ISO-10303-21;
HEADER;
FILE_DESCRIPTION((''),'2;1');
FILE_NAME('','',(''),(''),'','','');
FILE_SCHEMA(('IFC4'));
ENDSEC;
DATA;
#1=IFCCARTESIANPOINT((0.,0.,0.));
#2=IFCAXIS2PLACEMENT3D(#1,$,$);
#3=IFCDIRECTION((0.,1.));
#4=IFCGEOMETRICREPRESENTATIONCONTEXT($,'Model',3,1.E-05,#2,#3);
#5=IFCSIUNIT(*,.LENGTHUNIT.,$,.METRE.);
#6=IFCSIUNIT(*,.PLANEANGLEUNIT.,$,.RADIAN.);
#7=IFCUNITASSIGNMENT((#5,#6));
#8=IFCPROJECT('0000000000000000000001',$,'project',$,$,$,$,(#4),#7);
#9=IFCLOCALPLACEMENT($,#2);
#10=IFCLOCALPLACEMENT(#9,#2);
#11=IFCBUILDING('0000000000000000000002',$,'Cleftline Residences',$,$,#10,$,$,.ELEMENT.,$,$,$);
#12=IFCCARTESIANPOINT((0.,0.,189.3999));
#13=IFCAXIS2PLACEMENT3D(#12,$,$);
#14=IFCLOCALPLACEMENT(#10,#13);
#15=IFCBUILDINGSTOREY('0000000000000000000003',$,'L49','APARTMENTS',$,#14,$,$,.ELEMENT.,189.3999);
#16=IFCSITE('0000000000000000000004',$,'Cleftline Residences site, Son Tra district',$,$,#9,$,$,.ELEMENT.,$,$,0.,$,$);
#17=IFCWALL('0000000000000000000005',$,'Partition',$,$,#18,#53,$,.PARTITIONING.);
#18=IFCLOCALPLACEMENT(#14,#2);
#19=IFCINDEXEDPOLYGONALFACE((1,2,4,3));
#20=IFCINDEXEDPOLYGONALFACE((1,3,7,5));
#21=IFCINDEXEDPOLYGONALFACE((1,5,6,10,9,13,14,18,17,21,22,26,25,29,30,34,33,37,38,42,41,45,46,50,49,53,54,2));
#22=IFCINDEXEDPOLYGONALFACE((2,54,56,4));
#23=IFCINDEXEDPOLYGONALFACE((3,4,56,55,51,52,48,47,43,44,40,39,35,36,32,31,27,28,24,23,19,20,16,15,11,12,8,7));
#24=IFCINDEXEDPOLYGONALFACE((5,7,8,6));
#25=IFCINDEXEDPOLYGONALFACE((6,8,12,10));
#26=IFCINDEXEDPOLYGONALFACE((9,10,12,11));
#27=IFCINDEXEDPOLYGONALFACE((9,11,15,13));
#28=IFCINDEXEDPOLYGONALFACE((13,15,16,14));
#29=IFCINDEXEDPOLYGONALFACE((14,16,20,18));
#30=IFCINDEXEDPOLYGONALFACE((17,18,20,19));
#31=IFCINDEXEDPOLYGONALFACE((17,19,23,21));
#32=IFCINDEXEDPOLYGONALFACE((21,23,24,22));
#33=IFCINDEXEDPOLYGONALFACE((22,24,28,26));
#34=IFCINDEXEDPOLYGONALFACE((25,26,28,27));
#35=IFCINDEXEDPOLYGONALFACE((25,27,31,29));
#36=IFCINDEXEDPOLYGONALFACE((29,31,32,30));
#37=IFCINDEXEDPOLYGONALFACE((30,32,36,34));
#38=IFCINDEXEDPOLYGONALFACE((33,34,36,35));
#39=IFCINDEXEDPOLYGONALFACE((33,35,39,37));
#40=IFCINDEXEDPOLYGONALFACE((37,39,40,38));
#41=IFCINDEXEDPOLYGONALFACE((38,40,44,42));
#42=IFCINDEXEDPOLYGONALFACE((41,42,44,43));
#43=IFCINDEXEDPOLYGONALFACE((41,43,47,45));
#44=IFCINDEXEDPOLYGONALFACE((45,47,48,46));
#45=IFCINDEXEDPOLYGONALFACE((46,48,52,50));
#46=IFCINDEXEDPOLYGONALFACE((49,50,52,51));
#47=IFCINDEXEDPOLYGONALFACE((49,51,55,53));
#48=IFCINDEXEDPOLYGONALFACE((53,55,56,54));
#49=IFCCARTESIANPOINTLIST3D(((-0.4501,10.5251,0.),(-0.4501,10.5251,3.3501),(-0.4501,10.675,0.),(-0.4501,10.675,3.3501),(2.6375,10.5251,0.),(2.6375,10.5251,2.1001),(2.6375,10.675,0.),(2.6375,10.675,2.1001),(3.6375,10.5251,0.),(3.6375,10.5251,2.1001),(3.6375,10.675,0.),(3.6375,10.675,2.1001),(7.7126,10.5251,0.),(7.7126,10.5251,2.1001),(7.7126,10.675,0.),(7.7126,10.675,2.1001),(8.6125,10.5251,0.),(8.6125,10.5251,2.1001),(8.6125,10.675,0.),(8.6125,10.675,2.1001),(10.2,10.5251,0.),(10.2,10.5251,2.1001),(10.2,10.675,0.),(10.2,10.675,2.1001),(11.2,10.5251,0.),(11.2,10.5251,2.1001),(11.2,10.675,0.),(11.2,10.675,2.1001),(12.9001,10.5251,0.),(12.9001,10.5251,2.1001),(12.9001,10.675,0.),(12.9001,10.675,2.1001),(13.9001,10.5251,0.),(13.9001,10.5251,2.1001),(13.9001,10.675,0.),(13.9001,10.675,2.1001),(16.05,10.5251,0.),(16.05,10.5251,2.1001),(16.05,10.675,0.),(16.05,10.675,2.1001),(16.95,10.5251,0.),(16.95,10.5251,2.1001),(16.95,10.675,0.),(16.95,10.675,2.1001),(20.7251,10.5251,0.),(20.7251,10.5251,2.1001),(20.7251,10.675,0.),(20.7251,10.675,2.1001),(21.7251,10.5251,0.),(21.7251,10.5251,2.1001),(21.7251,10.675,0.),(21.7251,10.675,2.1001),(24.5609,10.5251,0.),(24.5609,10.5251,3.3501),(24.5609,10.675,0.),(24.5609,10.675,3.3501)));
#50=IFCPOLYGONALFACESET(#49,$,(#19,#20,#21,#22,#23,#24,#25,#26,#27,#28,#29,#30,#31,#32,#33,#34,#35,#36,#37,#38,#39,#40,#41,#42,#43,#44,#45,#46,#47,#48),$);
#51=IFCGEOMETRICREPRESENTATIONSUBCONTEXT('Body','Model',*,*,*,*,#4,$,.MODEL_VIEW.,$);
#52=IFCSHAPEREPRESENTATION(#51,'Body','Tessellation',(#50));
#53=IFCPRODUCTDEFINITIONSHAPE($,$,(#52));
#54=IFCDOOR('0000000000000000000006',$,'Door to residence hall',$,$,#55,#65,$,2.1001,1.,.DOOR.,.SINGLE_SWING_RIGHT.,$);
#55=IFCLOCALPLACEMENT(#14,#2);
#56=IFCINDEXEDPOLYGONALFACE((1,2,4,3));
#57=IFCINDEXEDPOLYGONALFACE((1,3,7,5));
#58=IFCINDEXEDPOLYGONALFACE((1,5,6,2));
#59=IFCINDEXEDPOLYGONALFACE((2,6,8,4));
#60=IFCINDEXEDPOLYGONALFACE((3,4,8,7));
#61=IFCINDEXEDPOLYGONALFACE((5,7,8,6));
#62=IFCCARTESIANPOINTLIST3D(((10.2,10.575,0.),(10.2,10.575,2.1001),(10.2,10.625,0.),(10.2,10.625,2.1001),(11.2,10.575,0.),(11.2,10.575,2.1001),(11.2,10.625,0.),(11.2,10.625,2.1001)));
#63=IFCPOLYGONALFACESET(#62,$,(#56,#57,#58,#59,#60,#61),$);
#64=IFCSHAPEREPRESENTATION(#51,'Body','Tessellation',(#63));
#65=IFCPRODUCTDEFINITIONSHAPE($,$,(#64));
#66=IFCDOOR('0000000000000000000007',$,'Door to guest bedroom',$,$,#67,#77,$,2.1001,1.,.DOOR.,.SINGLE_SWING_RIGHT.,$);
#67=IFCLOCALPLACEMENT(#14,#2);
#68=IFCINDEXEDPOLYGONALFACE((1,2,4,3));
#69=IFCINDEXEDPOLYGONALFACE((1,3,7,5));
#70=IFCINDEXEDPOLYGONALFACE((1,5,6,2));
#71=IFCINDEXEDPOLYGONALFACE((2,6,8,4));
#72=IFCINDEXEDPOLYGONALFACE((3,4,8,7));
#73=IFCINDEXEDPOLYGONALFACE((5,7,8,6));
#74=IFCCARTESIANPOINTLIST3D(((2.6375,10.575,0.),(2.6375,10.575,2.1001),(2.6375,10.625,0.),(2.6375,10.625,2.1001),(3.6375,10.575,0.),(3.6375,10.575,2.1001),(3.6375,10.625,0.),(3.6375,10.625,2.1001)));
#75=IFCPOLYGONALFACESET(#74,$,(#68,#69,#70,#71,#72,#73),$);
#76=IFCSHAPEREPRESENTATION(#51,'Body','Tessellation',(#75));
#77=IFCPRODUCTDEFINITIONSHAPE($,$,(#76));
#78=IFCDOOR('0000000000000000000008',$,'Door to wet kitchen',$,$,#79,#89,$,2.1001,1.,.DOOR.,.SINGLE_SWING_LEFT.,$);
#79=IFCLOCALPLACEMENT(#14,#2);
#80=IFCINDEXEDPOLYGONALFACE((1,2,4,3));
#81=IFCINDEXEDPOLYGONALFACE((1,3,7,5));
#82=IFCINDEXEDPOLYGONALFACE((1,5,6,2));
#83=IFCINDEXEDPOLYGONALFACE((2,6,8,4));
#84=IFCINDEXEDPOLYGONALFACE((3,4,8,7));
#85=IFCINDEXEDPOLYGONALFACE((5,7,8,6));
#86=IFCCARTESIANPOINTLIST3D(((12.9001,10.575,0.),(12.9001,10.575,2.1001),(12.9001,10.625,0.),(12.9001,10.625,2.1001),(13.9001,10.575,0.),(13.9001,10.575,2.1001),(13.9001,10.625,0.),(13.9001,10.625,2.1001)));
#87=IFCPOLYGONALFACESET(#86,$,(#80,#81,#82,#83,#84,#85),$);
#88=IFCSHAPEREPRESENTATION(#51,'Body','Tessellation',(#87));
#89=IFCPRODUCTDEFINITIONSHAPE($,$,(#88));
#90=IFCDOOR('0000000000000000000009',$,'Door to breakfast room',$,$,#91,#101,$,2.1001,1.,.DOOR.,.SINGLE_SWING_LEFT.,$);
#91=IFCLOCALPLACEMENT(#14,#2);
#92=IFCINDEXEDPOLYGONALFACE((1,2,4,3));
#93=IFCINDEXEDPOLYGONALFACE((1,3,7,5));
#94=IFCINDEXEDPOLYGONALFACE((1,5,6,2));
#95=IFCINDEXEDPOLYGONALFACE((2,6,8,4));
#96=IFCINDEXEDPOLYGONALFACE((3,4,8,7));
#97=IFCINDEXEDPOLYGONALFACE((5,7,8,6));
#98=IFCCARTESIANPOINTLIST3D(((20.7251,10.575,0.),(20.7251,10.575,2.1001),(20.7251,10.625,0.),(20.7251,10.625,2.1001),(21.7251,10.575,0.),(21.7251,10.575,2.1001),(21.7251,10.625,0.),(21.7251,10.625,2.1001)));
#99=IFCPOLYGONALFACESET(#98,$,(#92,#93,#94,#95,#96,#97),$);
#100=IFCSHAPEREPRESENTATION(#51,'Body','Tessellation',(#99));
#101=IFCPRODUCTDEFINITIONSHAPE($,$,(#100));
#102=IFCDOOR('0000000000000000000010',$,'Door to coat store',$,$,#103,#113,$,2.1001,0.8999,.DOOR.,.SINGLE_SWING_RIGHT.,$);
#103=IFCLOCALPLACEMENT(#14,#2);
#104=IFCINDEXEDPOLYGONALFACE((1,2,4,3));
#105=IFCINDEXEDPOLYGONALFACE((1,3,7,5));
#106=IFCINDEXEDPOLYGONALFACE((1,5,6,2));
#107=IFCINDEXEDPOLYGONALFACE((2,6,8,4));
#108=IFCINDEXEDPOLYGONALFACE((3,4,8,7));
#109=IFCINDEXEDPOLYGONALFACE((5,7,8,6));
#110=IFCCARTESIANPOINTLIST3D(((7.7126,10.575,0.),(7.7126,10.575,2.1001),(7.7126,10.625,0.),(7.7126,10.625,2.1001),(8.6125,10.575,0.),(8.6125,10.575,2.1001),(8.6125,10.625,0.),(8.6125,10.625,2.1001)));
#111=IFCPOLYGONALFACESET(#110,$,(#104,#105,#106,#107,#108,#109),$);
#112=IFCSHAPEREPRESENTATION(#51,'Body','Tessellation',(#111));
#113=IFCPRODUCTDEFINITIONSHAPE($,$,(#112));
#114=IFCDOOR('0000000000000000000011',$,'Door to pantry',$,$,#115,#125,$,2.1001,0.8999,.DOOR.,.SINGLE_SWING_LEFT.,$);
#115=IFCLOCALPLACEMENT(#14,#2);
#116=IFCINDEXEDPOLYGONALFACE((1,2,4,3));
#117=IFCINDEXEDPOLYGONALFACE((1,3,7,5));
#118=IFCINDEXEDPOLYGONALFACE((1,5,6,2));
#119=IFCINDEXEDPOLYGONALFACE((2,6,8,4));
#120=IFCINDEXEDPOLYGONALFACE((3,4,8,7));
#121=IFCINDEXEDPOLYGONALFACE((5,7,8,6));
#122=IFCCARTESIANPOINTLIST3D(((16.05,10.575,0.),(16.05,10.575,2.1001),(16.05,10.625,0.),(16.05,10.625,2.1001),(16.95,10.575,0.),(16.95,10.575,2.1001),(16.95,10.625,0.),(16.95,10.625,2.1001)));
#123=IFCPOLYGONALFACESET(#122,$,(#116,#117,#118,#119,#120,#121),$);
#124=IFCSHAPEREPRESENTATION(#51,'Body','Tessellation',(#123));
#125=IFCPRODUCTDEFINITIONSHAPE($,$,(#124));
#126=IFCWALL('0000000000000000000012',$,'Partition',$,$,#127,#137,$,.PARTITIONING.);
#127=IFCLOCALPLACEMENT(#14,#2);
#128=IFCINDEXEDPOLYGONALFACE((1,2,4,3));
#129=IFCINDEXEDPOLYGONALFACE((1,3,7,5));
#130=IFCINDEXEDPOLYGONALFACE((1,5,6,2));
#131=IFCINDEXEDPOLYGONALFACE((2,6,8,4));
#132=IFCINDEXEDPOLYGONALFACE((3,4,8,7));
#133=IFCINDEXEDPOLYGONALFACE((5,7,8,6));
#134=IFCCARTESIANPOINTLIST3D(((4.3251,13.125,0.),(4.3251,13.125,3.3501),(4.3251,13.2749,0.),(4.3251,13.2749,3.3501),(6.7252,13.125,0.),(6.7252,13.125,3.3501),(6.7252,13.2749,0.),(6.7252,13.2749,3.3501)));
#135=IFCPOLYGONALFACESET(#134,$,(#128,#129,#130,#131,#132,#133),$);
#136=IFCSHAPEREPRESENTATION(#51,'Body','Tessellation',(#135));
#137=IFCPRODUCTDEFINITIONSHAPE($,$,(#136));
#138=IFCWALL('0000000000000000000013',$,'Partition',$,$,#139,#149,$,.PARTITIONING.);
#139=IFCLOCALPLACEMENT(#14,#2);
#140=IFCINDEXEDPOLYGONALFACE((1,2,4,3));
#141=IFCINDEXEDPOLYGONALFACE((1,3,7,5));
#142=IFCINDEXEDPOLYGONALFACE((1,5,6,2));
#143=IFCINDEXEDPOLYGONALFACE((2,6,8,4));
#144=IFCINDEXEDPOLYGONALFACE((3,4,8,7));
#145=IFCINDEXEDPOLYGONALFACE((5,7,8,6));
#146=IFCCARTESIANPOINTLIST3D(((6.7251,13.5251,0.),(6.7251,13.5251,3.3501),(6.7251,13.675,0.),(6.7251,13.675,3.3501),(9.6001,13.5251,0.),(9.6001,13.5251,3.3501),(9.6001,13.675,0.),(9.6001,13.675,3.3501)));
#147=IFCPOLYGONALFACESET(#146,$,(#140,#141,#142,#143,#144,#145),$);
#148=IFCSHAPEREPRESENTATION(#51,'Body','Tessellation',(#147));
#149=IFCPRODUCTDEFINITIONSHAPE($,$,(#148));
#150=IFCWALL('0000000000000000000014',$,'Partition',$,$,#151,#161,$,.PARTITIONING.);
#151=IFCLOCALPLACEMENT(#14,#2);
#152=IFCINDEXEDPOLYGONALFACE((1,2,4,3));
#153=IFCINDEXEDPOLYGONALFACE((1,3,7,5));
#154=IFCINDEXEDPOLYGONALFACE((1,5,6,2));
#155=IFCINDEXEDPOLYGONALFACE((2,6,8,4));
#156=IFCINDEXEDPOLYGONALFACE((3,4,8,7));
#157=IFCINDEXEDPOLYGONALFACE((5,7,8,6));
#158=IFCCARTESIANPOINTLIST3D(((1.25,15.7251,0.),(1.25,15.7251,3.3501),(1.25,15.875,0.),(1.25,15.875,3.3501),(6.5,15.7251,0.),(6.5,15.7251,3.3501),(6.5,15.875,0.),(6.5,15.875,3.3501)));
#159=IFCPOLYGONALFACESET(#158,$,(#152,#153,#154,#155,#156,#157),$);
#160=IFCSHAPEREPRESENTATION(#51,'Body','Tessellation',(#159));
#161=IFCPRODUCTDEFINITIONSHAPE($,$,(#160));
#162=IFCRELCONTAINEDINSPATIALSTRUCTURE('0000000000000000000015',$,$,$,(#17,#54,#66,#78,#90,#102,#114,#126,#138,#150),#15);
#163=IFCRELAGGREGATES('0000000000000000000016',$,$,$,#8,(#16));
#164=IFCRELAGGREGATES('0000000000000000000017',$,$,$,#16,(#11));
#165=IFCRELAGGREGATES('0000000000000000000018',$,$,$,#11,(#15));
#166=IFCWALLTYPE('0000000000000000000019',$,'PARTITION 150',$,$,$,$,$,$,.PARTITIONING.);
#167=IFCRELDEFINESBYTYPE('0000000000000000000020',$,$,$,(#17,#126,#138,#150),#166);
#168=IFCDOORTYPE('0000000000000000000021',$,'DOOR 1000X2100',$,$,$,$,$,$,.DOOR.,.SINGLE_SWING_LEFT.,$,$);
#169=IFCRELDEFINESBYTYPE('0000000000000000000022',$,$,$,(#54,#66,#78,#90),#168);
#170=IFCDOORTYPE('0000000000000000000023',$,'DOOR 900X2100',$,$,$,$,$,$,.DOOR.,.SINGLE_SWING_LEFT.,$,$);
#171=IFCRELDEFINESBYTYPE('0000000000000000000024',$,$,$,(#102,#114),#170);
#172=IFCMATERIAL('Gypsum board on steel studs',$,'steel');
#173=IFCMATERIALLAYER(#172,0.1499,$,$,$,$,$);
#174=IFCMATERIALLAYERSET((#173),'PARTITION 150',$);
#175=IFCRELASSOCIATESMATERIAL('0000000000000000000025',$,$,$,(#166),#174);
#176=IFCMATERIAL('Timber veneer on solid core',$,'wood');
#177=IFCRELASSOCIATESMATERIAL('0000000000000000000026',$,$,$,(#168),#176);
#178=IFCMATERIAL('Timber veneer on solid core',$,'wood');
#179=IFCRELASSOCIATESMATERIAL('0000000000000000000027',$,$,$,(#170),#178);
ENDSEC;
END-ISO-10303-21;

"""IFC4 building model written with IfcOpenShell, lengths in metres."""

from ifc_helpers import new_model, si_unit, direction, frame, frame_2d, origin, place, context, subcontext, project, spatial, rectangle, extrude, material, layer, layer_set, type_object, element, fill, save


model = new_model("IFC4")

# Units and contexts
model_context = context("Model", 3, precision=1e-05, world=origin(), true_north=direction((0.0, 1.0)))
body_context = subcontext(model_context, "Body", "Model", "MODEL_VIEW")
ifc_project = project(units=[si_unit("LENGTHUNIT", "METRE"), si_unit("PLANEANGLEUNIT", "RADIAN")], contexts=[model_context])

# Site, building, storey
site_placement = place(None, origin())
site = spatial("IfcSite", under=ifc_project, at=site_placement, Name="Cleftline Residences site, Son Tra district", CompositionType="ELEMENT", RefElevation=0.0)
building_placement = place(site_placement, origin())
building = spatial("IfcBuilding", under=site, at=building_placement, Name="Cleftline Residences", CompositionType="ELEMENT")
storey_placement = place(building_placement, frame((0.0, 0.0, 189.3999)))
storey = spatial("IfcBuildingStorey", under=building, at=storey_placement, Name="L49", Description="APARTMENTS", CompositionType="ELEMENT", Elevation=189.3999)

# Wall, openings, doors
ifc_material_1 = material(Name="Gypsum board on steel studs", Category="steel")
ifc_layer = layer(ifc_material_1, 0.1499)
ifc_layer_set = layer_set([ifc_layer], Name="PARTITION 150")
wall_type = type_object("IfcWallType", Name="PARTITION 150", PredefinedType="PARTITIONING", material=ifc_layer_set)
wall_1_placement = place(storey_placement, frame((-0.45, 10.6001, 0.0), z_axis=(0.0, 0.0, 1.0), x_axis=(1.0, 0.0, 0.0)))
wall_1 = element("IfcWall", 1, at=wall_1_placement, inside=storey, type_object=wall_type, Name="Partition", PredefinedType="PARTITIONING", context=body_context, shape_type="SweptSolid", body=[
    extrude(rectangle(XDim=25.011, YDim=0.1499, at=frame_2d((12.5054, 0.0))), origin(), (0.0, 0.0, 1.0), 3.3501),
])
opening_1_placement = place(wall_1_placement, frame((10.6499, 0.0, 0.0)))
opening_1 = element("IfcOpeningElement", 2, at=opening_1_placement, cuts=wall_1, PredefinedType="OPENING", context=body_context, shape_type="SweptSolid", body=[
    extrude(rectangle(XDim=1.0, YDim=2.1001, at=frame_2d((0.5, 1.05))), frame((0.0, 0.085, 0.0), z_axis=(0.0, -1.0, 0.0), x_axis=(1.0, 0.0, 0.0)), (0.0, 0.0, 1.0), 0.1699),
])
opening_2_placement = place(wall_1_placement, frame((3.0874, 0.0, 0.0)))
opening_2 = element("IfcOpeningElement", 3, at=opening_2_placement, cuts=wall_1, PredefinedType="OPENING", context=body_context, shape_type="SweptSolid", body=[
    extrude(rectangle(XDim=1.0, YDim=2.1001, at=frame_2d((0.5, 1.05))), frame((0.0, 0.085, 0.0), z_axis=(0.0, -1.0, 0.0), x_axis=(1.0, 0.0, 0.0)), (0.0, 0.0, 1.0), 0.1699),
])
opening_3_placement = place(wall_1_placement, frame((8.1626, 0.0, 0.0)))
opening_3 = element("IfcOpeningElement", 4, at=opening_3_placement, cuts=wall_1, PredefinedType="OPENING", context=body_context, shape_type="SweptSolid", body=[
    extrude(rectangle(XDim=0.8999, YDim=2.1001, at=frame_2d((0.45, 1.05))), frame((0.0, 0.085, 0.0), z_axis=(0.0, -1.0, 0.0), x_axis=(1.0, 0.0, 0.0)), (0.0, 0.0, 1.0), 0.1699),
])
opening_4_placement = place(wall_1_placement, frame((13.3501, 0.0, 0.0)))
opening_4 = element("IfcOpeningElement", 5, at=opening_4_placement, cuts=wall_1, PredefinedType="OPENING", context=body_context, shape_type="SweptSolid", body=[
    extrude(rectangle(XDim=1.0, YDim=2.1001, at=frame_2d((0.5, 1.05))), frame((0.0, 0.085, 0.0), z_axis=(0.0, -1.0, 0.0), x_axis=(1.0, 0.0, 0.0)), (0.0, 0.0, 1.0), 0.1699),
])
opening_5_placement = place(wall_1_placement, frame((16.5, 0.0, 0.0)))
opening_5 = element("IfcOpeningElement", 6, at=opening_5_placement, cuts=wall_1, PredefinedType="OPENING", context=body_context, shape_type="SweptSolid", body=[
    extrude(rectangle(XDim=0.8999, YDim=2.1001, at=frame_2d((0.45, 1.05))), frame((0.0, 0.085, 0.0), z_axis=(0.0, -1.0, 0.0), x_axis=(1.0, 0.0, 0.0)), (0.0, 0.0, 1.0), 0.1699),
])
opening_6_placement = place(wall_1_placement, frame((21.175, 0.0, 0.0)))
opening_6 = element("IfcOpeningElement", 7, at=opening_6_placement, cuts=wall_1, PredefinedType="OPENING", context=body_context, shape_type="SweptSolid", body=[
    extrude(rectangle(XDim=1.0, YDim=2.1001, at=frame_2d((0.5, 1.05))), frame((0.0, 0.085, 0.0), z_axis=(0.0, -1.0, 0.0), x_axis=(1.0, 0.0, 0.0)), (0.0, 0.0, 1.0), 0.1699),
])
ifc_material_2 = material(Name="Timber veneer on solid core", Category="wood")
door_type_1 = type_object("IfcDoorType", Name="DOOR 1000X2100", OperationType="SINGLE_SWING_LEFT", PredefinedType="DOOR", material=ifc_material_2)
door_1_placement = place(opening_1_placement, origin())
door_1 = element("IfcDoor", 8, at=door_1_placement, inside=storey, type_object=door_type_1, Name="Door to residence hall", OperationType="SINGLE_SWING_RIGHT", OverallHeight=2.1001, OverallWidth=1.0, PredefinedType="DOOR", context=body_context, shape_type="SweptSolid", body=[
    extrude(rectangle(XDim=1.0, YDim=2.1001, at=frame_2d((0.5, 1.05))), frame((0.0, 0.0249, 0.0), z_axis=(0.0, -1.0, 0.0), x_axis=(1.0, 0.0, 0.0)), (0.0, 0.0, 1.0), 0.05),
])
fill(opening_1, door_1)
door_2_placement = place(opening_2_placement, origin())
door_2 = element("IfcDoor", 9, at=door_2_placement, inside=storey, type_object=door_type_1, Name="Door to guest bedroom", OperationType="SINGLE_SWING_RIGHT", OverallHeight=2.1001, OverallWidth=1.0, PredefinedType="DOOR", context=body_context, shape_type="SweptSolid", body=[
    extrude(rectangle(XDim=1.0, YDim=2.1001, at=frame_2d((0.5, 1.05))), frame((0.0, 0.0249, 0.0), z_axis=(0.0, -1.0, 0.0), x_axis=(1.0, 0.0, 0.0)), (0.0, 0.0, 1.0), 0.05),
])
fill(opening_2, door_2)
door_3_placement = place(opening_4_placement, origin())
door_3 = element("IfcDoor", 10, at=door_3_placement, inside=storey, type_object=door_type_1, Name="Door to wet kitchen", OperationType="SINGLE_SWING_LEFT", OverallHeight=2.1001, OverallWidth=1.0, PredefinedType="DOOR", context=body_context, shape_type="SweptSolid", body=[
    extrude(rectangle(XDim=1.0, YDim=2.1001, at=frame_2d((0.5, 1.05))), frame((0.0, 0.0249, 0.0), z_axis=(0.0, -1.0, 0.0), x_axis=(1.0, 0.0, 0.0)), (0.0, 0.0, 1.0), 0.05),
])
fill(opening_4, door_3)
door_4_placement = place(opening_6_placement, origin())
door_4 = element("IfcDoor", 11, at=door_4_placement, inside=storey, type_object=door_type_1, Name="Door to breakfast room", OperationType="SINGLE_SWING_LEFT", OverallHeight=2.1001, OverallWidth=1.0, PredefinedType="DOOR", context=body_context, shape_type="SweptSolid", body=[
    extrude(rectangle(XDim=1.0, YDim=2.1001, at=frame_2d((0.5, 1.05))), frame((0.0, 0.0249, 0.0), z_axis=(0.0, -1.0, 0.0), x_axis=(1.0, 0.0, 0.0)), (0.0, 0.0, 1.0), 0.05),
])
fill(opening_6, door_4)
ifc_material_3 = material(Name="Timber veneer on solid core", Category="wood")
door_type_2 = type_object("IfcDoorType", Name="DOOR 900X2100", OperationType="SINGLE_SWING_LEFT", PredefinedType="DOOR", material=ifc_material_3)
door_5_placement = place(opening_3_placement, origin())
door_5 = element("IfcDoor", 12, at=door_5_placement, inside=storey, type_object=door_type_2, Name="Door to coat store", OperationType="SINGLE_SWING_RIGHT", OverallHeight=2.1001, OverallWidth=0.8999, PredefinedType="DOOR", context=body_context, shape_type="SweptSolid", body=[
    extrude(rectangle(XDim=0.8999, YDim=2.1001, at=frame_2d((0.45, 1.05))), frame((0.0, 0.0249, 0.0), z_axis=(0.0, -1.0, 0.0), x_axis=(1.0, 0.0, 0.0)), (0.0, 0.0, 1.0), 0.05),
])
fill(opening_3, door_5)
door_6_placement = place(opening_5_placement, origin())
door_6 = element("IfcDoor", 13, at=door_6_placement, inside=storey, type_object=door_type_2, Name="Door to pantry", OperationType="SINGLE_SWING_LEFT", OverallHeight=2.1001, OverallWidth=0.8999, PredefinedType="DOOR", context=body_context, shape_type="SweptSolid", body=[
    extrude(rectangle(XDim=0.8999, YDim=2.1001, at=frame_2d((0.45, 1.05))), frame((0.0, 0.0249, 0.0), z_axis=(0.0, -1.0, 0.0), x_axis=(1.0, 0.0, 0.0)), (0.0, 0.0, 1.0), 0.05),
])
fill(opening_5, door_6)

# Walls
wall_2_placement = place(storey_placement, frame((4.325, 13.2, 0.0), z_axis=(0.0, 0.0, 1.0), x_axis=(1.0, 0.0, 0.0)))
element("IfcWall", 14, at=wall_2_placement, inside=storey, type_object=wall_type, Name="Partition", PredefinedType="PARTITIONING", context=body_context, shape_type="SweptSolid", body=[
    extrude(rectangle(XDim=2.4001, YDim=0.1499, at=frame_2d((1.2002, 0.0))), origin(), (0.0, 0.0, 1.0), 3.3501),
])
wall_3_placement = place(storey_placement, frame((6.7251, 13.6001, 0.0), z_axis=(0.0, 0.0, 1.0), x_axis=(1.0, 0.0, 0.0)))
element("IfcWall", 15, at=wall_3_placement, inside=storey, type_object=wall_type, Name="Partition", PredefinedType="PARTITIONING", context=body_context, shape_type="SweptSolid", body=[
    extrude(rectangle(XDim=2.875, YDim=0.1499, at=frame_2d((1.4375, 0.0))), origin(), (0.0, 0.0, 1.0), 3.3501),
])
wall_4_placement = place(storey_placement, frame((1.25, 15.8, 0.0), z_axis=(0.0, 0.0, 1.0), x_axis=(1.0, 0.0, 0.0)))
element("IfcWall", 16, at=wall_4_placement, inside=storey, type_object=wall_type, Name="Partition", PredefinedType="PARTITIONING", context=body_context, shape_type="SweptSolid", body=[
    extrude(rectangle(XDim=5.25, YDim=0.1499, at=frame_2d((2.625, 0.0))), origin(), (0.0, 0.0, 1.0), 3.3501),
])

save(model, "model.ifc")
